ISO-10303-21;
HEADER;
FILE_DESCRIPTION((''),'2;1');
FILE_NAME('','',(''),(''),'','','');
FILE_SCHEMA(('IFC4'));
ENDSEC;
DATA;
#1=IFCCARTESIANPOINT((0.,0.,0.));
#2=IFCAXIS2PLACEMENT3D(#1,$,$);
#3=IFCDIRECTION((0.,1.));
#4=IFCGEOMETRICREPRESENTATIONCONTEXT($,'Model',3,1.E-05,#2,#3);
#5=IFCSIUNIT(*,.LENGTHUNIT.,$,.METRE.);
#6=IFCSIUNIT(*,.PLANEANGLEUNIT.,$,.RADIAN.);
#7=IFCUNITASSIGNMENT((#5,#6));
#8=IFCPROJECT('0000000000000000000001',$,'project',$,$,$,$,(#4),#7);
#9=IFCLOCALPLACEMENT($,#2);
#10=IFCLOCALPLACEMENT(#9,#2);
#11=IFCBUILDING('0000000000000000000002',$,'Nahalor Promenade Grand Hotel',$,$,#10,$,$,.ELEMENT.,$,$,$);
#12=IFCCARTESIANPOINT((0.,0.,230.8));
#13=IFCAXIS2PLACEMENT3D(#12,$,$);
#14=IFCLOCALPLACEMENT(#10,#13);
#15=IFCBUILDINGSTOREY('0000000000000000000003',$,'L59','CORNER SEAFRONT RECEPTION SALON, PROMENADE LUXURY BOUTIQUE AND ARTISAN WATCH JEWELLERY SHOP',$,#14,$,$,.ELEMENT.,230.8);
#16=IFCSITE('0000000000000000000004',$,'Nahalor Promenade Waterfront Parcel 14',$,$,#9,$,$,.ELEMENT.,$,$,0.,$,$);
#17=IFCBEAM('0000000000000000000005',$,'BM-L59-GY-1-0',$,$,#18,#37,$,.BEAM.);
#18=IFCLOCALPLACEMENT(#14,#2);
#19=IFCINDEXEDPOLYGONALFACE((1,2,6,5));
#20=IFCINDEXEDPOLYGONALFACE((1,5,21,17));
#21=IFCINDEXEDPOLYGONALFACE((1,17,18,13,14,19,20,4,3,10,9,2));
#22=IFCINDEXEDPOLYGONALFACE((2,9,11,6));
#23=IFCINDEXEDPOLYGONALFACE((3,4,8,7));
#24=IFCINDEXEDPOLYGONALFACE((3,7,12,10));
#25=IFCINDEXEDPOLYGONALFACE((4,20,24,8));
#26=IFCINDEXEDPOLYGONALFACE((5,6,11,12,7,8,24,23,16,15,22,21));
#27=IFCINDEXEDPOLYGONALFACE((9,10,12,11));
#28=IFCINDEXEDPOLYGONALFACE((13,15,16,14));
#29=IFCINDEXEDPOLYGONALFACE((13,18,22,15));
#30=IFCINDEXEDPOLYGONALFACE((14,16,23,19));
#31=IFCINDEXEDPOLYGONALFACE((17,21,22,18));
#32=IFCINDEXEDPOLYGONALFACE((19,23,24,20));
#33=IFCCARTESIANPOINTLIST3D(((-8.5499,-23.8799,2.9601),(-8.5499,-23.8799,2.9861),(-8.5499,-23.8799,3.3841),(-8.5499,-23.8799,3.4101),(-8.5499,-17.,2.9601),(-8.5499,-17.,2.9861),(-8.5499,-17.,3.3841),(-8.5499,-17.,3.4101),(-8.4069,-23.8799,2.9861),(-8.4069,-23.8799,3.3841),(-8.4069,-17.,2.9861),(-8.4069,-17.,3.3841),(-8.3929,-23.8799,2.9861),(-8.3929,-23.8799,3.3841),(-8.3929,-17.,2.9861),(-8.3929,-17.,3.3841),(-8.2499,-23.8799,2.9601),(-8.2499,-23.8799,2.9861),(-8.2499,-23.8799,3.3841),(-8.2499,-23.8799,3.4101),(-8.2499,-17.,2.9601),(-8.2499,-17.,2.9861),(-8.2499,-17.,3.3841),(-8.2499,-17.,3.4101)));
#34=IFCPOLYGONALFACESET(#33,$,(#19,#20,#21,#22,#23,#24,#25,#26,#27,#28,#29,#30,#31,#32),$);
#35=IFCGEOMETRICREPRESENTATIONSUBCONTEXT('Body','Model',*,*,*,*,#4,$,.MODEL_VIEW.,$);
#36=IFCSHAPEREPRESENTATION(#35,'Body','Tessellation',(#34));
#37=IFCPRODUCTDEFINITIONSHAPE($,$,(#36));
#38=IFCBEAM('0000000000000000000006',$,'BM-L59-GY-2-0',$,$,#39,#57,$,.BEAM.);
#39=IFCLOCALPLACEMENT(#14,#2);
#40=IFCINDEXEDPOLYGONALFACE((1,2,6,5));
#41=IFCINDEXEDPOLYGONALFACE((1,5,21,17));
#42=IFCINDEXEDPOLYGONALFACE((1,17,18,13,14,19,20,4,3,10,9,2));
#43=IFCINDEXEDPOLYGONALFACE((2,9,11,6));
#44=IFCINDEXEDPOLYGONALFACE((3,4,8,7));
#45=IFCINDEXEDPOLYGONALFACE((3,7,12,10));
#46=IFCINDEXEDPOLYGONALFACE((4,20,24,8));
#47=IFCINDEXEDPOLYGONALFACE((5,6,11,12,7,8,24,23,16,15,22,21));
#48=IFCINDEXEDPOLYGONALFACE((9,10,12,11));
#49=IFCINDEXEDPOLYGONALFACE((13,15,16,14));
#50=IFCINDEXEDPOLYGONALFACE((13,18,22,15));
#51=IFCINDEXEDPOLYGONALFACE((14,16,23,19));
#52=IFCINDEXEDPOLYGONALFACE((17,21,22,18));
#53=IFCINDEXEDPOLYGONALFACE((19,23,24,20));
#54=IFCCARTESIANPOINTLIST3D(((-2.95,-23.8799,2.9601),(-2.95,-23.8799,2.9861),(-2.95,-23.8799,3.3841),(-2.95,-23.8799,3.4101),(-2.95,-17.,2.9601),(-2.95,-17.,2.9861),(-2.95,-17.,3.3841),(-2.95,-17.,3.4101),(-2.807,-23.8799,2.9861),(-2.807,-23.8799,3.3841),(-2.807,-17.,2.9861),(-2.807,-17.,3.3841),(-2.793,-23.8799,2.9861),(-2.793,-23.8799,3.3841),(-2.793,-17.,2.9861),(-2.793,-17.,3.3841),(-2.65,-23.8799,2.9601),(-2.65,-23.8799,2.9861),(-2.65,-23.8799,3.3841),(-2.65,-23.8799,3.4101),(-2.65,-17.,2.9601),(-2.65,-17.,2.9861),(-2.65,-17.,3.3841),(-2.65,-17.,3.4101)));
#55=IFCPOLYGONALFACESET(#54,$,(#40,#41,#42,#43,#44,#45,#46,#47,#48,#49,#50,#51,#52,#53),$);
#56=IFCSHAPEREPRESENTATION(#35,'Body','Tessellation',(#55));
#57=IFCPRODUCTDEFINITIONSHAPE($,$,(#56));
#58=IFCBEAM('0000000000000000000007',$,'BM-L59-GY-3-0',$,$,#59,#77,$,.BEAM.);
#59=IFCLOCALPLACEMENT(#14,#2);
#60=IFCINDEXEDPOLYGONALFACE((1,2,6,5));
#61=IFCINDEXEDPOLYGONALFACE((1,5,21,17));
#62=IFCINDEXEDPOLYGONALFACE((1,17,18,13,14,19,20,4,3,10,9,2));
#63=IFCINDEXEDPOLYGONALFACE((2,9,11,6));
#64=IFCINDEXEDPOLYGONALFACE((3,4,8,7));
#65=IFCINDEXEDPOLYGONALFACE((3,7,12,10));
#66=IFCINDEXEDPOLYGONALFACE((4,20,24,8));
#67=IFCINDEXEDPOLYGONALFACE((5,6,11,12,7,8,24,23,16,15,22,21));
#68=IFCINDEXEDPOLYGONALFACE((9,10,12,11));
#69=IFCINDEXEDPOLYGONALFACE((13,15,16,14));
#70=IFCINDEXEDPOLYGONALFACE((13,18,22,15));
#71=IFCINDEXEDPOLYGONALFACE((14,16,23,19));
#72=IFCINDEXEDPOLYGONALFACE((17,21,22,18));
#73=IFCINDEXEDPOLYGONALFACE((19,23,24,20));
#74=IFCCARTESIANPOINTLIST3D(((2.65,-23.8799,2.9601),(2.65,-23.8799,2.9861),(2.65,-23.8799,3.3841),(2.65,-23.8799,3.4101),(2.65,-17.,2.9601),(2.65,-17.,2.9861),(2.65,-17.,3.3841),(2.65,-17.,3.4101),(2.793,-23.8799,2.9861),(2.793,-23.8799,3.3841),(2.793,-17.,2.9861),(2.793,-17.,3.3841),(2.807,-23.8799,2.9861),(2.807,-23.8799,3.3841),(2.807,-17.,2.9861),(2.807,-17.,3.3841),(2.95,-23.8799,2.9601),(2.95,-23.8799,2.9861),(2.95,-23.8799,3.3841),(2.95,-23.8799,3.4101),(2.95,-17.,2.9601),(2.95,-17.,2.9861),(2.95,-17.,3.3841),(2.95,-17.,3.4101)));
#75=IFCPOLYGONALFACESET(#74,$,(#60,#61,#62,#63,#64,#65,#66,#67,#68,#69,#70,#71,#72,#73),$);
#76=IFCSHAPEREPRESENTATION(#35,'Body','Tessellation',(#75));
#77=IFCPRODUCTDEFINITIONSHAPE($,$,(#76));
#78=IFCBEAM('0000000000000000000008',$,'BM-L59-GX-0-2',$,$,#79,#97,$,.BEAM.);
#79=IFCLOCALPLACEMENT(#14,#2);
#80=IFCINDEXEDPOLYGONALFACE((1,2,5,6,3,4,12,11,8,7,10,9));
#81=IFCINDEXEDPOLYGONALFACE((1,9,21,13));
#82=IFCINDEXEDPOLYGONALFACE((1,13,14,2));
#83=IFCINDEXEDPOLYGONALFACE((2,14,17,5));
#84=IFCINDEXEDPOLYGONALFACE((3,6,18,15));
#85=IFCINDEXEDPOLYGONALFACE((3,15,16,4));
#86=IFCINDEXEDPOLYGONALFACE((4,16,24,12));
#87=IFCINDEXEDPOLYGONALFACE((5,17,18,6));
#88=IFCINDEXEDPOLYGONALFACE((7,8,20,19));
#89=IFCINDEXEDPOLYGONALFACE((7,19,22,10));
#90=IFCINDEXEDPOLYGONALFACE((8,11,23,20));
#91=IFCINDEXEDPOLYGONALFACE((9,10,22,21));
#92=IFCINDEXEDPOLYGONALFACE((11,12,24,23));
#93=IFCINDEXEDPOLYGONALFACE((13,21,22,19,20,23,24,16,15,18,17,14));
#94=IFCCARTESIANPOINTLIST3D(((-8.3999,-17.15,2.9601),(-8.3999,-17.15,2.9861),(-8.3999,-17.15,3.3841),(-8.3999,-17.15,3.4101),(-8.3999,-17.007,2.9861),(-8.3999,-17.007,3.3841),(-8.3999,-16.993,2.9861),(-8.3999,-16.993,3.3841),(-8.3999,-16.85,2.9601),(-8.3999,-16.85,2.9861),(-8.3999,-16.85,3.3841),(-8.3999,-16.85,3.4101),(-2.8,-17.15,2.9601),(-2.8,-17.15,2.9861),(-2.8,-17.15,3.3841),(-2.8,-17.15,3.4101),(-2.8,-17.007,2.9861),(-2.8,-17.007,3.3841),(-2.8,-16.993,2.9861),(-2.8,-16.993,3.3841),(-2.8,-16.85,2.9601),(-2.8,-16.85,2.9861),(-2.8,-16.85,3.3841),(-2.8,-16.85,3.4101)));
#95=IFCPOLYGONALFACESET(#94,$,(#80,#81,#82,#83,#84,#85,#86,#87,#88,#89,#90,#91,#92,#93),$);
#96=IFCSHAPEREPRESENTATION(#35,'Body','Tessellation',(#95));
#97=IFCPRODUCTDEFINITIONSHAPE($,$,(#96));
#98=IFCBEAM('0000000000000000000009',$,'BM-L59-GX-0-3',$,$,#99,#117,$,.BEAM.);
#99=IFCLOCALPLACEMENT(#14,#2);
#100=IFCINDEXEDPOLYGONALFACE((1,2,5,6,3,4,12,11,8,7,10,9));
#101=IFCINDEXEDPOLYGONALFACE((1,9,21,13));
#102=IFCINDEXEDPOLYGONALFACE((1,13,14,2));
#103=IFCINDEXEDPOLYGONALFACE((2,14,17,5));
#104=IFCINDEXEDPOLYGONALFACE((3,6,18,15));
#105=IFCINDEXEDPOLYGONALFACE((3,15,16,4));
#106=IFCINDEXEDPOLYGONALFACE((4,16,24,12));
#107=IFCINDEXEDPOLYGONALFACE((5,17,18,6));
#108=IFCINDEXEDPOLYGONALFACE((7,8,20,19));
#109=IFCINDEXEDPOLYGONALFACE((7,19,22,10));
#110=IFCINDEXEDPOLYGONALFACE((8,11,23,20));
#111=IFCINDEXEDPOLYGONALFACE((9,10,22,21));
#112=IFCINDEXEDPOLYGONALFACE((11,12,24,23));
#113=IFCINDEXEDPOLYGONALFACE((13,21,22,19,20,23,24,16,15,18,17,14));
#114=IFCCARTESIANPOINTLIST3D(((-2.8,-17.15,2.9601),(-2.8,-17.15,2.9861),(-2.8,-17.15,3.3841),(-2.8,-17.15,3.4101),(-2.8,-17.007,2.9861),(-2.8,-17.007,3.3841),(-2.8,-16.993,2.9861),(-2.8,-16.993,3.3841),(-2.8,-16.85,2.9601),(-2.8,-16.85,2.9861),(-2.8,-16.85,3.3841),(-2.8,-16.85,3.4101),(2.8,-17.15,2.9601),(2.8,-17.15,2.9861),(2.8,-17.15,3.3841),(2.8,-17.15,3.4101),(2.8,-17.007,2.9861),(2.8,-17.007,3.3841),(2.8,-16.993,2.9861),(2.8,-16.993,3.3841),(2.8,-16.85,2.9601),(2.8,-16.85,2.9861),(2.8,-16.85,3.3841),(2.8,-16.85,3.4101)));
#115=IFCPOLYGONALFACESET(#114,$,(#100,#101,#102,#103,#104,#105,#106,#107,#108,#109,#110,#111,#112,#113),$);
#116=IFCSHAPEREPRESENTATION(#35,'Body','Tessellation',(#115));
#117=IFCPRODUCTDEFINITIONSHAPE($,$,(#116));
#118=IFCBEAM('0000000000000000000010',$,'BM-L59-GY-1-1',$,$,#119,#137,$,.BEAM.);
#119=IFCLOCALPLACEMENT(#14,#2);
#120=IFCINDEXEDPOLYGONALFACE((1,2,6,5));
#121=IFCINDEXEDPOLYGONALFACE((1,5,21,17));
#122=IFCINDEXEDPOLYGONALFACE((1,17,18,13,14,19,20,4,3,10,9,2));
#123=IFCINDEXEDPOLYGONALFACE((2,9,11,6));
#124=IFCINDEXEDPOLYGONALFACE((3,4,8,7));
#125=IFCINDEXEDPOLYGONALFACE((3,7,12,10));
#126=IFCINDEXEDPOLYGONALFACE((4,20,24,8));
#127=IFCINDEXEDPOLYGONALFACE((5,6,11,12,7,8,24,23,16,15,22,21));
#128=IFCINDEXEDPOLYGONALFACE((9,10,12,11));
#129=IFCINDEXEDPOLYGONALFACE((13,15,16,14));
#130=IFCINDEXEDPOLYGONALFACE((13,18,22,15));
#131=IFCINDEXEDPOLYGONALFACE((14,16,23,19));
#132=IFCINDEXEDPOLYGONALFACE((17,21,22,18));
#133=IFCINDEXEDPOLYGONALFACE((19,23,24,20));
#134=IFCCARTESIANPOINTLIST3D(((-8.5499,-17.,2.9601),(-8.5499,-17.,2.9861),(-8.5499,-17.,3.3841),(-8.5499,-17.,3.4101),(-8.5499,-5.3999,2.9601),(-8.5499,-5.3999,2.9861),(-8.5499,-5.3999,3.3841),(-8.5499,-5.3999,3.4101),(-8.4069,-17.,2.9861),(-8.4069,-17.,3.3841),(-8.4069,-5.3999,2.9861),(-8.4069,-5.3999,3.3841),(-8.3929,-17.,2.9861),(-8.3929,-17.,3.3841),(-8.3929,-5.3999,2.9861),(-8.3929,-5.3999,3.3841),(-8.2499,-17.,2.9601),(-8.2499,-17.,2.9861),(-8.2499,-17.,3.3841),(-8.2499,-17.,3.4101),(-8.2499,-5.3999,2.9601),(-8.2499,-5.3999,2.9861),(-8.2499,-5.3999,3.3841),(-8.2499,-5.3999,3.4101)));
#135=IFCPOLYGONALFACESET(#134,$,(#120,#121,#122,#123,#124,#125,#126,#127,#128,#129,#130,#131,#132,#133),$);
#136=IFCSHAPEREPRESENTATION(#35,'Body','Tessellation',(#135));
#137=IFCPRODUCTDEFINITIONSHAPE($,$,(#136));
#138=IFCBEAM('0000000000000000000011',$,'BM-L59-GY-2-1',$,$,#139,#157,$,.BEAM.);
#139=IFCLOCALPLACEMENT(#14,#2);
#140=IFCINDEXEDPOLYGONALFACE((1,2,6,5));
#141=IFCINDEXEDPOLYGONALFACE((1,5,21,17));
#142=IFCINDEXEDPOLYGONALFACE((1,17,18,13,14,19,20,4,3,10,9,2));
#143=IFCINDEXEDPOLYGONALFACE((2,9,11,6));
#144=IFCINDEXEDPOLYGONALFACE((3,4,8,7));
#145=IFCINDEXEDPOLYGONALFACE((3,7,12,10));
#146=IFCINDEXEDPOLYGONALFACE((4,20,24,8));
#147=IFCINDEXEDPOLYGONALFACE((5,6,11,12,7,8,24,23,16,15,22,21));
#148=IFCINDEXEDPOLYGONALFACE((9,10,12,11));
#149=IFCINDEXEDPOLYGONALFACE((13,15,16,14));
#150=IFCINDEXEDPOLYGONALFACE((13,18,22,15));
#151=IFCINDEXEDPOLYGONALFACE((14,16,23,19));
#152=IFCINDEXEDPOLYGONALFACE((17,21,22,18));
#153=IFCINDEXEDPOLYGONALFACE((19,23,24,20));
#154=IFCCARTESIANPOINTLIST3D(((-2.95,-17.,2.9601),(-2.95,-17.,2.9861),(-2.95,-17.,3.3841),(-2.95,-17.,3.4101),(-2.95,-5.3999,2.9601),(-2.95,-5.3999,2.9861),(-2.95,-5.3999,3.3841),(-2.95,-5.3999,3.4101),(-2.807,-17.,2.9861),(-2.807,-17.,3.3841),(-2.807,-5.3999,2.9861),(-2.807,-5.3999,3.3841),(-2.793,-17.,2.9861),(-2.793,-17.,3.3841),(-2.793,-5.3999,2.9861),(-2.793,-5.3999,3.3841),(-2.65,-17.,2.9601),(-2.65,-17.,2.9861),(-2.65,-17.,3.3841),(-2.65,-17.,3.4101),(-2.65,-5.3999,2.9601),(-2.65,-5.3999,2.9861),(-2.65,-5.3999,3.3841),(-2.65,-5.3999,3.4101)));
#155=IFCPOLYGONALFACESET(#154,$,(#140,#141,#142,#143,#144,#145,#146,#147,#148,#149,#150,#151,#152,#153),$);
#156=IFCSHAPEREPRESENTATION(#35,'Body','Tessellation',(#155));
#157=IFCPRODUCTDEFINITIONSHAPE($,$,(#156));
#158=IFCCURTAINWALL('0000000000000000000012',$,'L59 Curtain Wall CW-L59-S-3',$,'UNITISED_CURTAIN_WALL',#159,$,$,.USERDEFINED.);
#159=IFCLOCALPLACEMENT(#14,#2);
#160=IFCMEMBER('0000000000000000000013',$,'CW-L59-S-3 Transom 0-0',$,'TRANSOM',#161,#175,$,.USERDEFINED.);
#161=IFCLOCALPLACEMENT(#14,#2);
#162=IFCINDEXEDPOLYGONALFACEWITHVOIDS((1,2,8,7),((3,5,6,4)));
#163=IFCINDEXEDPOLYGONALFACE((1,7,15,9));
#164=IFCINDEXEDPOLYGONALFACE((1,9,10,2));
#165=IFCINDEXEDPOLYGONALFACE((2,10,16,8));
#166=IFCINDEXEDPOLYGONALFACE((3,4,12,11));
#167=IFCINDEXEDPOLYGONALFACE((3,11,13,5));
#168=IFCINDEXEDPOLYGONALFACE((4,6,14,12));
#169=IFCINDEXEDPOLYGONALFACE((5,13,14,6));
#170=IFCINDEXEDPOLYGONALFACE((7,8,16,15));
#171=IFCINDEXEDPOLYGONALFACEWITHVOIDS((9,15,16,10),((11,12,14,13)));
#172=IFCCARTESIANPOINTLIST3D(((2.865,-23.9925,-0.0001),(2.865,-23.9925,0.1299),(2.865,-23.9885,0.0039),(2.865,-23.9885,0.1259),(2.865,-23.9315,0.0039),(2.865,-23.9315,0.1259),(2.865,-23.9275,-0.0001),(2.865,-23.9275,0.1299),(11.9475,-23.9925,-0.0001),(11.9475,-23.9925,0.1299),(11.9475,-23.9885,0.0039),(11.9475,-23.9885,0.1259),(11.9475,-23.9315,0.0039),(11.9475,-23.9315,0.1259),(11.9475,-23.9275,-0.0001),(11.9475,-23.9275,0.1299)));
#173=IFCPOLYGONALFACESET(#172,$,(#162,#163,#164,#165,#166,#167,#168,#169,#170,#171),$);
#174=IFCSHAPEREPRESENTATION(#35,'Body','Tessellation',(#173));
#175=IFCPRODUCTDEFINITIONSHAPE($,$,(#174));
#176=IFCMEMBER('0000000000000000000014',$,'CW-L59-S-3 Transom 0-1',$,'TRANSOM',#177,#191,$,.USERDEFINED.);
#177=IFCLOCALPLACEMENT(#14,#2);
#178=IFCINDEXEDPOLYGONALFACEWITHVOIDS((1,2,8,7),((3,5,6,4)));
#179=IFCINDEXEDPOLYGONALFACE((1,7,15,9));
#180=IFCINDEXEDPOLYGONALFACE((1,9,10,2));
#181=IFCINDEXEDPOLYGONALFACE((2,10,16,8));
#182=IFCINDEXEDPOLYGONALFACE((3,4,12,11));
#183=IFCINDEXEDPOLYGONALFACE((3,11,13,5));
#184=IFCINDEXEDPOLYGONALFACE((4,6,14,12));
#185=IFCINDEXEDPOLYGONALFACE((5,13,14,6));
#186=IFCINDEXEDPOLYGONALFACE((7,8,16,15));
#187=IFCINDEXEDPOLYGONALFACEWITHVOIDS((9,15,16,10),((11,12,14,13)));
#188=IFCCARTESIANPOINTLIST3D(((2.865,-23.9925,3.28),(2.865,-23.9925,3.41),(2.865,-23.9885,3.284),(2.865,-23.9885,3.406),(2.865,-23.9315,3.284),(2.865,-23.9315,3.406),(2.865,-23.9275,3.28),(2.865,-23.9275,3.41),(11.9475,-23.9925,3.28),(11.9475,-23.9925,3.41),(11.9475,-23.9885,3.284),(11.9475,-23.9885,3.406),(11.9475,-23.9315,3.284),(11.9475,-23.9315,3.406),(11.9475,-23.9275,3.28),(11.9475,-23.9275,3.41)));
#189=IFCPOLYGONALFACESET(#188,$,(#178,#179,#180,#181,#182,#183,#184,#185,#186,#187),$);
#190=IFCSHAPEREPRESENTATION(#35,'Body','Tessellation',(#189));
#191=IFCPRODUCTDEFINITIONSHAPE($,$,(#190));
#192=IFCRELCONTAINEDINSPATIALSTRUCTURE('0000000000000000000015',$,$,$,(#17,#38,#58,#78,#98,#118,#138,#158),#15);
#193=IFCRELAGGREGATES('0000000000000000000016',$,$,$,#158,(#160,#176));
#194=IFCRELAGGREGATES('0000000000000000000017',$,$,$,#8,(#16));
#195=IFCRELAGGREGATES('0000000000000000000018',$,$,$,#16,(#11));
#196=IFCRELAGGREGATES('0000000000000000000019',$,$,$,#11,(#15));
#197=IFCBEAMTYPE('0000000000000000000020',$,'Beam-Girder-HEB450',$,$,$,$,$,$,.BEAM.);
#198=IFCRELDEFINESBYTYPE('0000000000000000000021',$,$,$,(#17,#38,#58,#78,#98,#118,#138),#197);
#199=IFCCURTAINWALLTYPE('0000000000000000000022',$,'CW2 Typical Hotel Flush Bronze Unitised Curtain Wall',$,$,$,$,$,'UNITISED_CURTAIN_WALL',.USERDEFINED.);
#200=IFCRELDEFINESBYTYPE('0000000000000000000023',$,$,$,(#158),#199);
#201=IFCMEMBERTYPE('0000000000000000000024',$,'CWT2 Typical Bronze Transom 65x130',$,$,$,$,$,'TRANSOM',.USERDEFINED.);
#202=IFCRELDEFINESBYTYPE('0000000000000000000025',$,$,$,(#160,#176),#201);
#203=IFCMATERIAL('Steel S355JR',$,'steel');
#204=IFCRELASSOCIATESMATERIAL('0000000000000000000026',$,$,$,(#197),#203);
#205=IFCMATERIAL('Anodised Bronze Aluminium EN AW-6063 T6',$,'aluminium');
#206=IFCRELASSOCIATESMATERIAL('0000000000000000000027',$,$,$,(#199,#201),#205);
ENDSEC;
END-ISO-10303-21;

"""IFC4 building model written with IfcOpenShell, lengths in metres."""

from ifc_helpers import new_model, si_unit, direction, frame, origin, origin_2d, place, context, subcontext, project, spatial, hollow_rectangle, i_section, extrude, source, transform, mapped, material, material_profile, profile_set, type_object, element, aggregate, save


model = new_model("IFC4")

# Units and contexts
model_context = context("Model", 3, precision=1e-05, world=origin(), true_north=direction((0.0, 1.0)))
body_context = subcontext(model_context, "Body", "Model", "MODEL_VIEW")
ifc_project = project(units=[si_unit("LENGTHUNIT", "METRE"), si_unit("PLANEANGLEUNIT", "RADIAN")], contexts=[model_context])

# Site, building, storey
site_placement = place(None, origin())
site = spatial("IfcSite", under=ifc_project, at=site_placement, Name="Nahalor Promenade Waterfront Parcel 14", CompositionType="ELEMENT", RefElevation=0.0)
building_placement = place(site_placement, origin())
building = spatial("IfcBuilding", under=site, at=building_placement, Name="Nahalor Promenade Grand Hotel", CompositionType="ELEMENT")
storey_placement = place(building_placement, frame((0.0, 0.0, 230.8)))
storey = spatial("IfcBuildingStorey", under=building, at=storey_placement, Name="L59", Description="CORNER SEAFRONT RECEPTION SALON, PROMENADE LUXURY BOUTIQUE AND ARTISAN WATCH JEWELLERY SHOP", CompositionType="ELEMENT", Elevation=230.8)

# Shared definitions
ifc_material_1 = material(Name="Steel S355JR", Category="steel")

# Beams
ifc_material_profile_1 = material_profile(ifc_material_1, i_section(OverallWidth=0.3, OverallDepth=0.45, WebThickness=0.014, FlangeThickness=0.026, at=origin_2d()), Name="HEB 450")
ifc_profile_set_1 = profile_set([ifc_material_profile_1], Name="Steel S355JR")
beam_type_1 = type_object("IfcBeamType", Name="Beam-Girder-HEB450", PredefinedType="BEAM", material=ifc_profile_set_1)
shared_shape_1 = source(origin(), body_context, "Body", "SweptSolid", [
    extrude(i_section(OverallWidth=0.3, OverallDepth=0.45, WebThickness=0.014, FlangeThickness=0.026, at=origin_2d()), origin(), (0.0, 0.0, 1.0), 6.8799),
])
for number, where, z_axis, x_axis, name in (
    (1, (-8.3999, -23.8799, 3.1851), (0.0, 1.0, 0.0), (-1.0, 0.0, 0.0), "BM-L59-GY-1-0"),
    (2, (-2.8, -23.8799, 3.1851), (0.0, 1.0, 0.0), (-1.0, 0.0, 0.0), "BM-L59-GY-2-0"),
    (3, (2.8, -23.8799, 3.1851), (0.0, 1.0, 0.0), (-1.0, 0.0, 0.0), "BM-L59-GY-3-0"),
):
    element("IfcBeam", number, at=place(storey_placement, frame(where, z_axis=z_axis, x_axis=x_axis)), inside=storey, type_object=beam_type_1, Name=name, PredefinedType="BEAM", context=body_context, shape_type="MappedRepresentation", body=[
        mapped(shared_shape_1, transform((0.0, 0.0, 0.0), scale=1.0)),
    ])
shared_shape_2 = source(origin(), body_context, "Body", "SweptSolid", [
    extrude(i_section(OverallWidth=0.3, OverallDepth=0.45, WebThickness=0.014, FlangeThickness=0.026, at=origin_2d()), origin(), (0.0, 0.0, 1.0), 5.5999),
])
beam_1_placement = place(storey_placement, frame((-8.3999, -17.0, 3.1851), z_axis=(1.0, 0.0, 0.0), x_axis=(0.0, 1.0, 0.0)))
element("IfcBeam", 4, at=beam_1_placement, inside=storey, type_object=beam_type_1, Name="BM-L59-GX-0-2", PredefinedType="BEAM", context=body_context, shape_type="MappedRepresentation", body=[
    mapped(shared_shape_2, transform((0.0, 0.0, 0.0), scale=1.0)),
])
shared_shape_3 = source(origin(), body_context, "Body", "SweptSolid", [
    extrude(i_section(OverallWidth=0.3, OverallDepth=0.45, WebThickness=0.014, FlangeThickness=0.026, at=origin_2d()), origin(), (0.0, 0.0, 1.0), 5.6001),
])
beam_2_placement = place(storey_placement, frame((-2.8, -17.0, 3.1851), z_axis=(1.0, 0.0, 0.0), x_axis=(0.0, 1.0, 0.0)))
element("IfcBeam", 5, at=beam_2_placement, inside=storey, type_object=beam_type_1, Name="BM-L59-GX-0-3", PredefinedType="BEAM", context=body_context, shape_type="MappedRepresentation", body=[
    mapped(shared_shape_3, transform((0.0, 0.0, 0.0), scale=1.0)),
])
shared_shape_4 = source(origin(), body_context, "Body", "SweptSolid", [
    extrude(i_section(OverallWidth=0.3, OverallDepth=0.45, WebThickness=0.014, FlangeThickness=0.026, at=origin_2d()), origin(), (0.0, 0.0, 1.0), 11.6001),
])
for number, where, z_axis, x_axis, name in (
    (6, (-8.3999, -17.0, 3.1851), (0.0, 1.0, 0.0), (-1.0, 0.0, 0.0), "BM-L59-GY-1-1"),
    (7, (-2.8, -17.0, 3.1851), (0.0, 1.0, 0.0), (-1.0, 0.0, 0.0), "BM-L59-GY-2-1"),
):
    element("IfcBeam", number, at=place(storey_placement, frame(where, z_axis=z_axis, x_axis=x_axis)), inside=storey, type_object=beam_type_1, Name=name, PredefinedType="BEAM", context=body_context, shape_type="MappedRepresentation", body=[
        mapped(shared_shape_4, transform((0.0, 0.0, 0.0), scale=1.0)),
    ])

# Curtain wall, members
ifc_material_2 = material(Name="Anodised Bronze Aluminium EN AW-6063 T6", Category="aluminium")
curtain_wall_type = type_object("IfcCurtainWallType", Name="CW2 Typical Hotel Flush Bronze Unitised Curtain Wall", ElementType="UNITISED_CURTAIN_WALL", PredefinedType="USERDEFINED", material=ifc_material_2)
curtain_wall_placement = place(storey_placement, origin())
curtain_wall = element("IfcCurtainWall", 8, at=curtain_wall_placement, inside=storey, type_object=curtain_wall_type, Name="L59 Curtain Wall CW-L59-S-3", ObjectType="UNITISED_CURTAIN_WALL", PredefinedType="USERDEFINED")
ifc_material_profile_2 = material_profile(ifc_material_2, hollow_rectangle(XDim=0.065, YDim=0.13, WallThickness=0.004, at=origin_2d()), Name="CWT 65x130x4")
ifc_profile_set_2 = profile_set([ifc_material_profile_2], Name="Anodised Bronze Aluminium EN AW-6063 T6")
member_type_1 = type_object("IfcMemberType", Name="CWT2 Typical Bronze Transom 65x130", ElementType="TRANSOM", PredefinedType="USERDEFINED", material=ifc_profile_set_2)
shared_shape_5 = source(origin(), body_context, "Body", "SweptSolid", [
    extrude(hollow_rectangle(XDim=0.065, YDim=0.13, WallThickness=0.004, at=origin_2d()), origin(), (0.0, 0.0, 1.0), 9.0825),
])
member_1_placement = place(storey_placement, frame((2.865, -23.96, 0.0649), z_axis=(1.0, 0.0, 0.0), x_axis=(0.0, 1.0, 0.0)))
member_1 = element("IfcMember", 9, at=member_1_placement, type_object=member_type_1, Name="CW-L59-S-3 Transom 0-0", ObjectType="TRANSOM", PredefinedType="USERDEFINED", context=body_context, shape_type="MappedRepresentation", body=[
    mapped(shared_shape_5, transform((0.0, 0.0, 0.0), scale=1.0)),
])
member_2_placement = place(storey_placement, frame((2.865, -23.96, 3.345), z_axis=(1.0, 0.0, 0.0), x_axis=(0.0, 1.0, 0.0)))
member_2 = element("IfcMember", 10, at=member_2_placement, type_object=member_type_1, Name="CW-L59-S-3 Transom 0-1", ObjectType="TRANSOM", PredefinedType="USERDEFINED", context=body_context, shape_type="MappedRepresentation", body=[
    mapped(shared_shape_5, transform((0.0, 0.0, 0.0), scale=1.0)),
])
aggregate(curtain_wall, [member_1, member_2])

save(model, "model.ifc")
